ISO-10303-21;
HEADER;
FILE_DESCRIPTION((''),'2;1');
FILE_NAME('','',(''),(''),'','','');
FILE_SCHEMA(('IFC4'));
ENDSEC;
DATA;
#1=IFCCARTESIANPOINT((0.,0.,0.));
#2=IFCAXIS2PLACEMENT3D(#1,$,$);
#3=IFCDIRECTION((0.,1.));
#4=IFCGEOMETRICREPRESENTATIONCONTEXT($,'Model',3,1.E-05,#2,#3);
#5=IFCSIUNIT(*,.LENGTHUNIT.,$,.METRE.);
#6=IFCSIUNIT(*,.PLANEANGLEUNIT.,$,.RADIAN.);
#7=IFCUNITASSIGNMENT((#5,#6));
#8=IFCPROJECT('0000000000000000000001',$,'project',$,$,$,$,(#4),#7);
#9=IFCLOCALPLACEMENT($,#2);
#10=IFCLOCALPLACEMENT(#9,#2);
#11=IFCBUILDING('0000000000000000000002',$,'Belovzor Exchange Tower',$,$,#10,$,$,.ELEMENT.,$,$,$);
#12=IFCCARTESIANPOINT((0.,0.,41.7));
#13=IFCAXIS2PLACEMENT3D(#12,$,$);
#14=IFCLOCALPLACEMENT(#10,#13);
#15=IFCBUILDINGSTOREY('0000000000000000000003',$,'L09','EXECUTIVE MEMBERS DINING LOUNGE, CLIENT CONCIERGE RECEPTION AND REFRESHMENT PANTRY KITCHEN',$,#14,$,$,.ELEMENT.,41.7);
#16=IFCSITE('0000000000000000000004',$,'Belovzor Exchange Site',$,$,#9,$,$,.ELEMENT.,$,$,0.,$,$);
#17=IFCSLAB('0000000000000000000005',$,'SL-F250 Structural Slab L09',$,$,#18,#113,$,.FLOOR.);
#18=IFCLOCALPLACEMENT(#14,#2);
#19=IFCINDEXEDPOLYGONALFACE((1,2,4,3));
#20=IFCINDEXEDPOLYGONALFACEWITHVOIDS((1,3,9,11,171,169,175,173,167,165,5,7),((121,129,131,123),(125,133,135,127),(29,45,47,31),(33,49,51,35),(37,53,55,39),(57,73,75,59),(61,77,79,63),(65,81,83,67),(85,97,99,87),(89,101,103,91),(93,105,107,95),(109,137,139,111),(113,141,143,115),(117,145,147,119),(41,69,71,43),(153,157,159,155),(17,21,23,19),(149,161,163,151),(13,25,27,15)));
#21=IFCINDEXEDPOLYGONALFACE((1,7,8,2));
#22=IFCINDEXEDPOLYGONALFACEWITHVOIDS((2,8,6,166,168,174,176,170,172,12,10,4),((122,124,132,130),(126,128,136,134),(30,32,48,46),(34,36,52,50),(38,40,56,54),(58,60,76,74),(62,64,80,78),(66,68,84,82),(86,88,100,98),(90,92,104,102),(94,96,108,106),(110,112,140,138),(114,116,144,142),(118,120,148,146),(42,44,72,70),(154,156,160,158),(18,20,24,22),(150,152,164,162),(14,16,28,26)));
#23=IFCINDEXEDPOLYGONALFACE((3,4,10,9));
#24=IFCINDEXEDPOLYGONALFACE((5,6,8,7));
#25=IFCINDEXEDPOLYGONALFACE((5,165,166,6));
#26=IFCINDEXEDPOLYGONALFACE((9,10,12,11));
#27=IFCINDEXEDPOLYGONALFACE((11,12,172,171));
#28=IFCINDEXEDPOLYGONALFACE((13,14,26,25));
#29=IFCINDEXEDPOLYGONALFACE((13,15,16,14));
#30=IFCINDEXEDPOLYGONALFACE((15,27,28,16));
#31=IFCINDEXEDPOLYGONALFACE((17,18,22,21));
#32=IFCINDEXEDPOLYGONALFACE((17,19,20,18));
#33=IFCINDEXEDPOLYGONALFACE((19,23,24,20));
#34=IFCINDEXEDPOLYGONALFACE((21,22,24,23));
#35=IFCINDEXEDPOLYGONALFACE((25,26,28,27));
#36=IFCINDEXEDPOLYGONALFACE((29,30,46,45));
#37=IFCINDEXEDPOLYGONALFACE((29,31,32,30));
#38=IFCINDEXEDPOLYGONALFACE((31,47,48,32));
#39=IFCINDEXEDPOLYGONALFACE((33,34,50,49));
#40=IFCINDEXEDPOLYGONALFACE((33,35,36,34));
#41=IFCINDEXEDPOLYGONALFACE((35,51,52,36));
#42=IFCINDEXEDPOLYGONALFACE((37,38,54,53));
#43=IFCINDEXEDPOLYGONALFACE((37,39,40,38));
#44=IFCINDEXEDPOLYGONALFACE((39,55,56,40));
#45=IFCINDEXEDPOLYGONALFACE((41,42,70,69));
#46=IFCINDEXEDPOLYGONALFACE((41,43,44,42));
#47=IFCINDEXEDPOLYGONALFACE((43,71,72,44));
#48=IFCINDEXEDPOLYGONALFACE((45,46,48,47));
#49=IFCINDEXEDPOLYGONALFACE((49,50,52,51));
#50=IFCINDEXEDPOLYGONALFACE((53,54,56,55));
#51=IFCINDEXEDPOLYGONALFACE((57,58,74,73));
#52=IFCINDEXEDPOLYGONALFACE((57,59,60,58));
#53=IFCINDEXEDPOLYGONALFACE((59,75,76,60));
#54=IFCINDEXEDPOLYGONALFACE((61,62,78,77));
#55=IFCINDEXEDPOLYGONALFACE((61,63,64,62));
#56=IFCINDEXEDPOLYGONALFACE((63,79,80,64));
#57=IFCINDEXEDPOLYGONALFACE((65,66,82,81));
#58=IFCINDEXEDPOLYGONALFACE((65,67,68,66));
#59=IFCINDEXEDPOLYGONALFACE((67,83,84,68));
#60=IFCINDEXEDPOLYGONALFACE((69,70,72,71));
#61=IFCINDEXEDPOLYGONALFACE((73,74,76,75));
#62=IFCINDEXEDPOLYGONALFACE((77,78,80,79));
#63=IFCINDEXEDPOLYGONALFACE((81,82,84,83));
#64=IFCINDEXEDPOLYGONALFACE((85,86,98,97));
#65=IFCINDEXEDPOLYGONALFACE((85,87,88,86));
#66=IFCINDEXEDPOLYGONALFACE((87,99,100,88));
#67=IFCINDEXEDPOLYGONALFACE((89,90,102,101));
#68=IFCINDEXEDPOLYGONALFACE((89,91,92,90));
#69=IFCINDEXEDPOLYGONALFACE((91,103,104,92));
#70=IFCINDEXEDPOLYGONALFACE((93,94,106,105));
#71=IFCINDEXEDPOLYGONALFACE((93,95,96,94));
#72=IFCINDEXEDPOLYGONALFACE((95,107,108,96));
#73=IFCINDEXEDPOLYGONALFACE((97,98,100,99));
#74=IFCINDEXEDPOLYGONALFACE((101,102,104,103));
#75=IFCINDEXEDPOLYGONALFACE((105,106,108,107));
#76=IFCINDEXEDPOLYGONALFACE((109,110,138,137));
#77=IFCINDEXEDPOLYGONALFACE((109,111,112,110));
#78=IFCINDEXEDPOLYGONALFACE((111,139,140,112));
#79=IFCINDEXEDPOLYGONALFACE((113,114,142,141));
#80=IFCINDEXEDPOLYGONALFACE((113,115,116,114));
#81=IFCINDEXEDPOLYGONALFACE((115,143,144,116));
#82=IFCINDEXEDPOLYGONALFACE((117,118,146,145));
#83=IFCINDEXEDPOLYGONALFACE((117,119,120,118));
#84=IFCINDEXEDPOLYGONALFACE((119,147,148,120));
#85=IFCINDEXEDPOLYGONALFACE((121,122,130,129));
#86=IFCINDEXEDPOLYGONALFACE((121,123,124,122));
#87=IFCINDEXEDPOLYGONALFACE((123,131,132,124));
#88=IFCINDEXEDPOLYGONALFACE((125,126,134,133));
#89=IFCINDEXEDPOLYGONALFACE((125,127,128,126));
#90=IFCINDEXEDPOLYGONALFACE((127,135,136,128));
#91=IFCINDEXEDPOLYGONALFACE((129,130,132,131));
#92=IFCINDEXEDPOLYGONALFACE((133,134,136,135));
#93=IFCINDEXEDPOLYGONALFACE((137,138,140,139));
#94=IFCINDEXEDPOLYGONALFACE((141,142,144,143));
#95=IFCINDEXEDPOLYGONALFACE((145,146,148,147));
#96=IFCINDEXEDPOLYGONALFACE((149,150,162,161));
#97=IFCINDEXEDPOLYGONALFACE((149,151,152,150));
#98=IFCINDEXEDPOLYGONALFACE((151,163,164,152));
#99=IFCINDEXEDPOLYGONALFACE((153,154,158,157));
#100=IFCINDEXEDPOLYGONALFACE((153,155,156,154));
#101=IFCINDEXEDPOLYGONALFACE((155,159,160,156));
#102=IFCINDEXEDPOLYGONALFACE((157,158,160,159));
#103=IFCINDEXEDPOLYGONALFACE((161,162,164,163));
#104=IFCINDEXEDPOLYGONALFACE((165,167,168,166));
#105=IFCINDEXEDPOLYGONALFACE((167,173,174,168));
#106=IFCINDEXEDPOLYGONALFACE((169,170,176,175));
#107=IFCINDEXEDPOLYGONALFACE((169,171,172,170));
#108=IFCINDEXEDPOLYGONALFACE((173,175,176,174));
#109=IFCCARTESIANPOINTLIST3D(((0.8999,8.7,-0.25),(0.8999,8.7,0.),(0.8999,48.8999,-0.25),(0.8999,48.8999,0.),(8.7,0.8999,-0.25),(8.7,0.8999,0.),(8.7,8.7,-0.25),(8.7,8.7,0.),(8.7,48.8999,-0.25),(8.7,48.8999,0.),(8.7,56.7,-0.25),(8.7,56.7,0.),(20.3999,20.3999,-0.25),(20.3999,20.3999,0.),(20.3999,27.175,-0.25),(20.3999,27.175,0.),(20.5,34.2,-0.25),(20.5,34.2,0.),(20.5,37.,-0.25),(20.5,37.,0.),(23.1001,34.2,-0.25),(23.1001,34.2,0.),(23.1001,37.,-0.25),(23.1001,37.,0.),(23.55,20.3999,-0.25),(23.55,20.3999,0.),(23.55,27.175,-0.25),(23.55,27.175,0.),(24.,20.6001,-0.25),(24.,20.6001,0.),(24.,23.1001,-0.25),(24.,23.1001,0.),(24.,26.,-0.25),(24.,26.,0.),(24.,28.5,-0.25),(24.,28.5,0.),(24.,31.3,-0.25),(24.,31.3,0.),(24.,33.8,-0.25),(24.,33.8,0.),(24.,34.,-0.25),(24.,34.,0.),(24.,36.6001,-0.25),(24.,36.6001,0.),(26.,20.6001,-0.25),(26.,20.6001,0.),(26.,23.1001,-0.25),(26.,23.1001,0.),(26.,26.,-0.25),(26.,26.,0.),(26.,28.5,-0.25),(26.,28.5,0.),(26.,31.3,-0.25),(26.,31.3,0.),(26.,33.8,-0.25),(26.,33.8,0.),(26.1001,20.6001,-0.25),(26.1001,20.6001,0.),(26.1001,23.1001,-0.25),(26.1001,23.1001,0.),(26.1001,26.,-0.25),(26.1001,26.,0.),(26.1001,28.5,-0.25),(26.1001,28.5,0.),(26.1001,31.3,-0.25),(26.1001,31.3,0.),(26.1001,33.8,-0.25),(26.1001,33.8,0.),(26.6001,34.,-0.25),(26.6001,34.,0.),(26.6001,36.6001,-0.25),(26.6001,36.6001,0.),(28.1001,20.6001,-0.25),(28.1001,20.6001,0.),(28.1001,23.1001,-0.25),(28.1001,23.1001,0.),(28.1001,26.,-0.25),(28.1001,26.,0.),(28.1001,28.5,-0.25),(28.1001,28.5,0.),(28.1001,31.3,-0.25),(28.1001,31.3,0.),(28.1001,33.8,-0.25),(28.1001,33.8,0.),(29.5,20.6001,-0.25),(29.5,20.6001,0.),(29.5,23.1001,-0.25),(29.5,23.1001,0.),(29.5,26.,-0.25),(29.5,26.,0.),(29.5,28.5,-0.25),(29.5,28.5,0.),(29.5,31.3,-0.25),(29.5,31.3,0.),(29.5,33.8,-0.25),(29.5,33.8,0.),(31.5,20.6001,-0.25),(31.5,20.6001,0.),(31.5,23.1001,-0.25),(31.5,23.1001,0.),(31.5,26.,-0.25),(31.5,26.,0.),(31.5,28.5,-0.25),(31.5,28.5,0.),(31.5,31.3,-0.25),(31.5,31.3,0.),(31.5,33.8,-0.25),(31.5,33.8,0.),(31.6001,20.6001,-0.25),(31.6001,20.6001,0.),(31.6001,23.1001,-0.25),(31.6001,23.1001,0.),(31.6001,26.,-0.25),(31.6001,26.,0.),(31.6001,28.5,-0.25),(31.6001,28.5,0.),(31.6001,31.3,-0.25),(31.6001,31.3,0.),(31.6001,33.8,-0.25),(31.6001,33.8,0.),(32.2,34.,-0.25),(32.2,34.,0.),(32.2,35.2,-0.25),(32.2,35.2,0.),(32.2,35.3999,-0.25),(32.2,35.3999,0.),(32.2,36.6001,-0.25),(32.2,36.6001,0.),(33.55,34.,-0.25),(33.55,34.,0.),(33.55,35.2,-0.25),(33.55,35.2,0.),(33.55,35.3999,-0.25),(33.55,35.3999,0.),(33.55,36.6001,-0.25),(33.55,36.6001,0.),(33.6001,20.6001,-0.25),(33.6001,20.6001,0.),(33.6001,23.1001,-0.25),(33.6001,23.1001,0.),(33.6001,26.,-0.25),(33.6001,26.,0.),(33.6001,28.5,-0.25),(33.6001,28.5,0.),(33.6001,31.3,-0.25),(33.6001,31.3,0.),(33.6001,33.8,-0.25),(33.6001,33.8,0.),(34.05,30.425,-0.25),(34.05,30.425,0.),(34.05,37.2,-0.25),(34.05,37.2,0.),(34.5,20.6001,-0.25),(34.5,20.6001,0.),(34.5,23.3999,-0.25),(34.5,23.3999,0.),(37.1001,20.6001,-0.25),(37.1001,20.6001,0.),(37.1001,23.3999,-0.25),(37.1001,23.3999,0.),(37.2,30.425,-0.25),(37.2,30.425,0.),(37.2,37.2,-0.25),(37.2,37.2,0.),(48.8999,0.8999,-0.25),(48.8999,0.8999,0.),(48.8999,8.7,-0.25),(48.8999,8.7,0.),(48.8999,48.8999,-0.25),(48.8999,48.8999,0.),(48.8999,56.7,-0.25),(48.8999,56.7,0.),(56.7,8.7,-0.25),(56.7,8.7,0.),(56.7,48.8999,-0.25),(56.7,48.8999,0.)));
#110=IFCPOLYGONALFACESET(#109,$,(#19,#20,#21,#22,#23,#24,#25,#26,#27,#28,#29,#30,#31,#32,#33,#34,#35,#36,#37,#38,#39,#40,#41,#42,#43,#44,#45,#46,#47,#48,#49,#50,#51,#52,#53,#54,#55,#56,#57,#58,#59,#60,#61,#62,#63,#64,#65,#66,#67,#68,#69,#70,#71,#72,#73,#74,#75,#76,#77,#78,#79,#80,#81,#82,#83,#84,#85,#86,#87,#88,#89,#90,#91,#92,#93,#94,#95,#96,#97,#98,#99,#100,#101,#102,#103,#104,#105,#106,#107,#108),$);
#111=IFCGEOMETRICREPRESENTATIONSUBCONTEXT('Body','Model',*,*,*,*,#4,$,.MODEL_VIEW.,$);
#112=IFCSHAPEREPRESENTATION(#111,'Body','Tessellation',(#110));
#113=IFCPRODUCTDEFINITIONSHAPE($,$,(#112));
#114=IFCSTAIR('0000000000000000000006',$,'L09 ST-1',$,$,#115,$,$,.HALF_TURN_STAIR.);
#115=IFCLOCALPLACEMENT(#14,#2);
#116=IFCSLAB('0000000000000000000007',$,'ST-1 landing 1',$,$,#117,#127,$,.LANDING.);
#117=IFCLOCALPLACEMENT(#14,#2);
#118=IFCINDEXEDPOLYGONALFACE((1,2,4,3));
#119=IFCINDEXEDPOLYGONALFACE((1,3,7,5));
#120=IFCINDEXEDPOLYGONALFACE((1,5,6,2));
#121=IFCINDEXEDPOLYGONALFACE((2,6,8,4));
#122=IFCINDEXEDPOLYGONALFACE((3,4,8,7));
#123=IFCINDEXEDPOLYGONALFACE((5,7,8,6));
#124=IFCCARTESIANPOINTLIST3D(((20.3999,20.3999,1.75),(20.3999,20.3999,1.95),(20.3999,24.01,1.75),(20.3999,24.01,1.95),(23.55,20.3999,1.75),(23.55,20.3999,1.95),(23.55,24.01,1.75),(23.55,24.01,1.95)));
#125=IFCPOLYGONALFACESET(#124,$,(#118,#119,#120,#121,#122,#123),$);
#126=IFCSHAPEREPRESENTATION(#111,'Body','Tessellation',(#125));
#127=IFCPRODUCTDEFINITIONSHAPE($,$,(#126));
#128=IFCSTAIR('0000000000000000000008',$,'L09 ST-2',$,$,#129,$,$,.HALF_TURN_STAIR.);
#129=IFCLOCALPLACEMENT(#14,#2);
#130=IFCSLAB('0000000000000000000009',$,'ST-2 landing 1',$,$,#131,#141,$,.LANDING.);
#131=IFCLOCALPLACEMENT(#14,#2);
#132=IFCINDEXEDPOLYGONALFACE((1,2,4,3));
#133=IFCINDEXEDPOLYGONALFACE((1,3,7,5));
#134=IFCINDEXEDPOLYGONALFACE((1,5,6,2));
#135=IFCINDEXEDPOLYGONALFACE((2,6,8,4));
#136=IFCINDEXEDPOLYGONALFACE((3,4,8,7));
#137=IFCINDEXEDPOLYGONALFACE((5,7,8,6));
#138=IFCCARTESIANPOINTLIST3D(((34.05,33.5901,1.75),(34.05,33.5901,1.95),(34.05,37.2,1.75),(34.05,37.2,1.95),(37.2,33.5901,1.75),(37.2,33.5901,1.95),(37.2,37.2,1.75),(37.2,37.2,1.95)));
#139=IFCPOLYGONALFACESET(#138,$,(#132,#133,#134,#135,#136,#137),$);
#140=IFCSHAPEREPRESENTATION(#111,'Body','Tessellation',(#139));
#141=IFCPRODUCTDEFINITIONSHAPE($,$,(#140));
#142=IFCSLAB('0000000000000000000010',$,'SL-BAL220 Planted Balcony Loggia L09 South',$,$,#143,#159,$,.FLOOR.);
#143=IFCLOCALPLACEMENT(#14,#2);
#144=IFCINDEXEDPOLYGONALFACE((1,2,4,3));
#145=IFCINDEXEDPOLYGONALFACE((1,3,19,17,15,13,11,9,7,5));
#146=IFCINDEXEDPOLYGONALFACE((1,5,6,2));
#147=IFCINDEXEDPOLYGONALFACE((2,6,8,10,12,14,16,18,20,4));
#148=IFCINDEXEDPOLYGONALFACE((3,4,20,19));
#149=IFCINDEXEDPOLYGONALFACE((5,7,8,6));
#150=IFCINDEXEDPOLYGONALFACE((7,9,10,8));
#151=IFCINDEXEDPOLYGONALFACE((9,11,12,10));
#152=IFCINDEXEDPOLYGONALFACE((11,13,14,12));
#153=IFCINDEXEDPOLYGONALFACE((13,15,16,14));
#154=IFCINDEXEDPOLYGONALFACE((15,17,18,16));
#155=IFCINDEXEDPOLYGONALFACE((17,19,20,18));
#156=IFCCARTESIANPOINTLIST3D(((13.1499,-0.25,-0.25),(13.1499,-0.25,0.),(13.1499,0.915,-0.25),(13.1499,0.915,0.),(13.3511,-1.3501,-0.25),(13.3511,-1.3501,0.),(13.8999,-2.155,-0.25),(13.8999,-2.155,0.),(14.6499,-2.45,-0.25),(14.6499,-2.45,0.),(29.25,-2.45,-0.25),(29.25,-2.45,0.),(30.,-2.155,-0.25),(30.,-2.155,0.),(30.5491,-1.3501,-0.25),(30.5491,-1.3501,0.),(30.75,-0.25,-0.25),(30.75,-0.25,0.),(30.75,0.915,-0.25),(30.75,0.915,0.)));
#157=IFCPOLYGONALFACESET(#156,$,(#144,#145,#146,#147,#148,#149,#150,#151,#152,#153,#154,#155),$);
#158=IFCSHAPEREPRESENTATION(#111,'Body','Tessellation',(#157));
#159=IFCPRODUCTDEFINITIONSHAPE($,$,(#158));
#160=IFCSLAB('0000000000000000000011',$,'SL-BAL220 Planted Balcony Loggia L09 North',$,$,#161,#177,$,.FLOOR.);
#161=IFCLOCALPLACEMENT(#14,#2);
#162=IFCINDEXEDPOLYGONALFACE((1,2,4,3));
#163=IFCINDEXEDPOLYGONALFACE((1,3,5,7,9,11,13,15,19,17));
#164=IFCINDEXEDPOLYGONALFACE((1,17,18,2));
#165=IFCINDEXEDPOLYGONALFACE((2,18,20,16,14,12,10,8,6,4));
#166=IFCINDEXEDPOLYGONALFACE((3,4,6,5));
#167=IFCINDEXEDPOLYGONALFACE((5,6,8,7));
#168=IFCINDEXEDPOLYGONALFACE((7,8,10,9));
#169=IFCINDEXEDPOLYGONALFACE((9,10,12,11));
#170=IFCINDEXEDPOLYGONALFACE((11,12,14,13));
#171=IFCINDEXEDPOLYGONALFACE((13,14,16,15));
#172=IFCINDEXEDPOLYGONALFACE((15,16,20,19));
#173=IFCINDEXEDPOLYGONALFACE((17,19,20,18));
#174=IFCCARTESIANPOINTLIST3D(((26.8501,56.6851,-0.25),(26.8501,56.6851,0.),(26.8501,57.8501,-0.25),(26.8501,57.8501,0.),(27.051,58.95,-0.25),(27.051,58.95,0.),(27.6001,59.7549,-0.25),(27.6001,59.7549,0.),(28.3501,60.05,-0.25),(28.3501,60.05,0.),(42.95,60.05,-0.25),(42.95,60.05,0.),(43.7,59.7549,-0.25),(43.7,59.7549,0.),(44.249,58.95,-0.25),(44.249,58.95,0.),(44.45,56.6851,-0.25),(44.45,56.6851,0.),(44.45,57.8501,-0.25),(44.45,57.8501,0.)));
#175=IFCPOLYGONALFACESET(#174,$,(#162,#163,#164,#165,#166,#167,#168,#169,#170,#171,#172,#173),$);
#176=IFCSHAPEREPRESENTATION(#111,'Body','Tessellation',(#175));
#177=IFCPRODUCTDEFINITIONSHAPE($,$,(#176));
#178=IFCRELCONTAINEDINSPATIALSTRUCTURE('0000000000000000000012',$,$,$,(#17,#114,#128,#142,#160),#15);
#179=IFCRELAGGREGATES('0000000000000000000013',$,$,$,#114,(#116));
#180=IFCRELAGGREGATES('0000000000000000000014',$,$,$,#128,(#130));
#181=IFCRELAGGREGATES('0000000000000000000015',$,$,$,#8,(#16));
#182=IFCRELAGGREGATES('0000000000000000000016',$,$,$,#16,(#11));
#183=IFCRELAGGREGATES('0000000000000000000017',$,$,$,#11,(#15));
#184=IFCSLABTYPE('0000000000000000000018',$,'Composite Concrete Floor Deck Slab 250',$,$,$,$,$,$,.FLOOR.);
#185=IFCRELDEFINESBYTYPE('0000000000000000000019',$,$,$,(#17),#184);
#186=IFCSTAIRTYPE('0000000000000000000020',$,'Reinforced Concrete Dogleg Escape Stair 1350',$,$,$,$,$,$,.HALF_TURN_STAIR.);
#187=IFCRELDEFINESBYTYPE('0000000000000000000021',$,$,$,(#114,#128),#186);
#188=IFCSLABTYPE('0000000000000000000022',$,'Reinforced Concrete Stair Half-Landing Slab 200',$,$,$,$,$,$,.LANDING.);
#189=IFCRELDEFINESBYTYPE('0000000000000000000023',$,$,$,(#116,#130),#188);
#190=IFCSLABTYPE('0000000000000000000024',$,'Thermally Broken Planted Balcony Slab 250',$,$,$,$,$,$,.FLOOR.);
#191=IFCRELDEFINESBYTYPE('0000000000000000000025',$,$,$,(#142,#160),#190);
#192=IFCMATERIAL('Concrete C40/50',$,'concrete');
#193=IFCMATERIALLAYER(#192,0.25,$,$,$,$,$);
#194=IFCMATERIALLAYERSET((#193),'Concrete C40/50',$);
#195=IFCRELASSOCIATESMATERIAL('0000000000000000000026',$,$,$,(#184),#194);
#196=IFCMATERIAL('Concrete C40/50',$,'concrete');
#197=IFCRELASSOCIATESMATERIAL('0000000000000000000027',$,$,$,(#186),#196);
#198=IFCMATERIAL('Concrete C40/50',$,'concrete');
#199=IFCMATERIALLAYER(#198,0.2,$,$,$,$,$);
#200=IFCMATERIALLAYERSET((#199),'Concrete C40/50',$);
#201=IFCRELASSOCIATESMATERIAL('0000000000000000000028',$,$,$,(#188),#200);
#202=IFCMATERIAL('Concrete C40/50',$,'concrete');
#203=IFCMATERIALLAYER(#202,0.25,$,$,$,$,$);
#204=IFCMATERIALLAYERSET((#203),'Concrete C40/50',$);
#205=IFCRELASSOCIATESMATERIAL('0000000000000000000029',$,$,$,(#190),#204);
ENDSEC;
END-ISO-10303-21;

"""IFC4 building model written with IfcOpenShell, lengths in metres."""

from ifc_helpers import new_model, si_unit, direction, frame, origin, place, context, subcontext, project, spatial, polyline, outline, extrude, material, layer, layer_set, type_object, element, aggregate, save


model = new_model("IFC4")

# Units and contexts
model_context = context("Model", 3, precision=1e-05, world=origin(), true_north=direction((0.0, 1.0)))
body_context = subcontext(model_context, "Body", "Model", "MODEL_VIEW")
ifc_project = project(units=[si_unit("LENGTHUNIT", "METRE"), si_unit("PLANEANGLEUNIT", "RADIAN")], contexts=[model_context])

# Site, building, storey
site_placement = place(None, origin())
site = spatial("IfcSite", under=ifc_project, at=site_placement, Name="Belovzor Exchange Site", CompositionType="ELEMENT", RefElevation=0.0)
building_placement = place(site_placement, origin())
building = spatial("IfcBuilding", under=site, at=building_placement, Name="Belovzor Exchange Tower", CompositionType="ELEMENT")
storey_placement = place(building_placement, frame((0.0, 0.0, 41.7)))
storey = spatial("IfcBuildingStorey", under=building, at=storey_placement, Name="L09", Description="EXECUTIVE MEMBERS DINING LOUNGE, CLIENT CONCIERGE RECEPTION AND REFRESHMENT PANTRY KITCHEN", CompositionType="ELEMENT", Elevation=41.7)

# Slab
ifc_material_1 = material(Name="Concrete C40/50", Category="concrete")
ifc_layer_1 = layer(ifc_material_1, 0.25)
ifc_layer_set_1 = layer_set([ifc_layer_1], Name="Concrete C40/50")
slab_type_1 = type_object("IfcSlabType", Name="Composite Concrete Floor Deck Slab 250", PredefinedType="FLOOR", material=ifc_layer_set_1)
slab_1_placement = place(storey_placement, frame((0.0, 0.0, -0.25)))
element("IfcSlab", 1, at=slab_1_placement, inside=storey, type_object=slab_type_1, Name="SL-F250 Structural Slab L09", PredefinedType="FLOOR", context=body_context, shape_type="SweptSolid", body=[
    extrude(outline(polyline([(8.7, 0.8999), (48.8999, 0.8999), (48.8999, 8.7), (56.7, 8.7), (56.7, 48.8999), (48.8999, 48.8999), (48.8999, 56.7), (8.7, 56.7), (8.7, 48.8999), (0.8999, 48.8999), (0.8999, 8.7), (8.7, 8.7), (8.7, 0.8999)]), holes=[polyline([(20.3999, 27.175), (20.3999, 20.3999), (23.55, 20.3999), (23.55, 27.175), (20.3999, 27.175)]), polyline([(37.2, 30.425), (37.2, 37.2), (34.05, 37.2), (34.05, 30.425), (37.2, 30.425)]), polyline([(20.5, 34.2), (23.1001, 34.2), (23.1001, 37.0), (20.5, 37.0), (20.5, 34.2)]), polyline([(34.5, 20.6001), (37.1001, 20.6001), (37.1001, 23.3999), (34.5, 23.3999), (34.5, 20.6001)]), polyline([(24.0, 34.0), (26.6001, 34.0), (26.6001, 36.6001), (24.0, 36.6001), (24.0, 34.0)]), polyline([(24.0, 20.6001), (26.0, 20.6001), (26.0, 23.1001), (24.0, 23.1001), (24.0, 20.6001)]), polyline([(26.1001, 20.6001), (28.1001, 20.6001), (28.1001, 23.1001), (26.1001, 23.1001), (26.1001, 20.6001)]), polyline([(29.5, 20.6001), (31.5, 20.6001), (31.5, 23.1001), (29.5, 23.1001), (29.5, 20.6001)]), polyline([(31.6001, 20.6001), (33.6001, 20.6001), (33.6001, 23.1001), (31.6001, 23.1001), (31.6001, 20.6001)]), polyline([(24.0, 26.0), (26.0, 26.0), (26.0, 28.5), (24.0, 28.5), (24.0, 26.0)]), polyline([(26.1001, 26.0), (28.1001, 26.0), (28.1001, 28.5), (26.1001, 28.5), (26.1001, 26.0)]), polyline([(29.5, 26.0), (31.5, 26.0), (31.5, 28.5), (29.5, 28.5), (29.5, 26.0)]), polyline([(31.6001, 26.0), (33.6001, 26.0), (33.6001, 28.5), (31.6001, 28.5), (31.6001, 26.0)]), polyline([(24.0, 31.3), (26.0, 31.3), (26.0, 33.8), (24.0, 33.8), (24.0, 31.3)]), polyline([(26.1001, 31.3), (28.1001, 31.3), (28.1001, 33.8), (26.1001, 33.8), (26.1001, 31.3)]), polyline([(29.5, 31.3), (31.5, 31.3), (31.5, 33.8), (29.5, 33.8), (29.5, 31.3)]), polyline([(31.6001, 31.3), (33.6001, 31.3), (33.6001, 33.8), (31.6001, 33.8), (31.6001, 31.3)]), polyline([(32.2, 34.0), (33.55, 34.0), (33.55, 35.2), (32.2, 35.2), (32.2, 34.0)]), polyline([(32.2, 35.3999), (33.55, 35.3999), (33.55, 36.6001), (32.2, 36.6001), (32.2, 35.3999)])]), origin(), (0.0, 0.0, 1.0), 0.25),
])

# Stairs, slabs
ifc_material_2 = material(Name="Concrete C40/50", Category="concrete")
stair_type = type_object("IfcStairType", Name="Reinforced Concrete Dogleg Escape Stair 1350", PredefinedType="HALF_TURN_STAIR", material=ifc_material_2)
stair_1_placement = place(storey_placement, origin())
stair_1 = element("IfcStair", 2, at=stair_1_placement, inside=storey, type_object=stair_type, Name="L09 ST-1", PredefinedType="HALF_TURN_STAIR")
ifc_material_3 = material(Name="Concrete C40/50", Category="concrete")
ifc_layer_2 = layer(ifc_material_3, 0.2)
ifc_layer_set_2 = layer_set([ifc_layer_2], Name="Concrete C40/50")
slab_type_2 = type_object("IfcSlabType", Name="Reinforced Concrete Stair Half-Landing Slab 200", PredefinedType="LANDING", material=ifc_layer_set_2)
slab_2_placement = place(storey_placement, frame((0.0, 0.0, 1.75)))
slab_2 = element("IfcSlab", 3, at=slab_2_placement, type_object=slab_type_2, Name="ST-1 landing 1", PredefinedType="LANDING", context=body_context, shape_type="SweptSolid", body=[
    extrude(outline(polyline([(20.3999, 24.01), (20.3999, 20.3999), (23.55, 20.3999), (23.55, 24.01), (20.3999, 24.01)])), origin(), (0.0, 0.0, 1.0), 0.2),
])
aggregate(stair_1, [slab_2])
stair_2_placement = place(storey_placement, origin())
stair_2 = element("IfcStair", 4, at=stair_2_placement, inside=storey, type_object=stair_type, Name="L09 ST-2", PredefinedType="HALF_TURN_STAIR")
slab_3_placement = place(storey_placement, frame((0.0, 0.0, 1.75)))
slab_3 = element("IfcSlab", 5, at=slab_3_placement, type_object=slab_type_2, Name="ST-2 landing 1", PredefinedType="LANDING", context=body_context, shape_type="SweptSolid", body=[
    extrude(outline(polyline([(37.2, 33.5901), (37.2, 37.2), (34.05, 37.2), (34.05, 33.5901), (37.2, 33.5901)])), origin(), (0.0, 0.0, 1.0), 0.2),
])
aggregate(stair_2, [slab_3])

# Slabs
ifc_material_4 = material(Name="Concrete C40/50", Category="concrete")
ifc_layer_3 = layer(ifc_material_4, 0.25)
ifc_layer_set_3 = layer_set([ifc_layer_3], Name="Concrete C40/50")
slab_type_3 = type_object("IfcSlabType", Name="Thermally Broken Planted Balcony Slab 250", PredefinedType="FLOOR", material=ifc_layer_set_3)
slab_4_placement = place(storey_placement, frame((0.0, 0.0, -0.25)))
element("IfcSlab", 6, at=slab_4_placement, inside=storey, type_object=slab_type_3, Name="SL-BAL220 Planted Balcony Loggia L09 South", PredefinedType="FLOOR", context=body_context, shape_type="SweptSolid", body=[
    extrude(outline(polyline([(13.1499, 0.915), (13.1499, -0.25), (13.3511, -1.3501), (13.8999, -2.155), (14.6499, -2.45), (29.25, -2.45), (30.0, -2.155), (30.5491, -1.3501), (30.75, -0.25), (30.75, 0.915), (13.1499, 0.915)])), origin(), (0.0, 0.0, 1.0), 0.25),
])
slab_5_placement = place(storey_placement, frame((0.0, 0.0, -0.25)))
element("IfcSlab", 7, at=slab_5_placement, inside=storey, type_object=slab_type_3, Name="SL-BAL220 Planted Balcony Loggia L09 North", PredefinedType="FLOOR", context=body_context, shape_type="SweptSolid", body=[
    extrude(outline(polyline([(44.45, 56.6851), (44.45, 57.8501), (44.249, 58.95), (43.7, 59.7549), (42.95, 60.05), (28.3501, 60.05), (27.6001, 59.7549), (27.051, 58.95), (26.8501, 57.8501), (26.8501, 56.6851), (44.45, 56.6851)])), origin(), (0.0, 0.0, 1.0), 0.25),
])

save(model, "model.ifc")
